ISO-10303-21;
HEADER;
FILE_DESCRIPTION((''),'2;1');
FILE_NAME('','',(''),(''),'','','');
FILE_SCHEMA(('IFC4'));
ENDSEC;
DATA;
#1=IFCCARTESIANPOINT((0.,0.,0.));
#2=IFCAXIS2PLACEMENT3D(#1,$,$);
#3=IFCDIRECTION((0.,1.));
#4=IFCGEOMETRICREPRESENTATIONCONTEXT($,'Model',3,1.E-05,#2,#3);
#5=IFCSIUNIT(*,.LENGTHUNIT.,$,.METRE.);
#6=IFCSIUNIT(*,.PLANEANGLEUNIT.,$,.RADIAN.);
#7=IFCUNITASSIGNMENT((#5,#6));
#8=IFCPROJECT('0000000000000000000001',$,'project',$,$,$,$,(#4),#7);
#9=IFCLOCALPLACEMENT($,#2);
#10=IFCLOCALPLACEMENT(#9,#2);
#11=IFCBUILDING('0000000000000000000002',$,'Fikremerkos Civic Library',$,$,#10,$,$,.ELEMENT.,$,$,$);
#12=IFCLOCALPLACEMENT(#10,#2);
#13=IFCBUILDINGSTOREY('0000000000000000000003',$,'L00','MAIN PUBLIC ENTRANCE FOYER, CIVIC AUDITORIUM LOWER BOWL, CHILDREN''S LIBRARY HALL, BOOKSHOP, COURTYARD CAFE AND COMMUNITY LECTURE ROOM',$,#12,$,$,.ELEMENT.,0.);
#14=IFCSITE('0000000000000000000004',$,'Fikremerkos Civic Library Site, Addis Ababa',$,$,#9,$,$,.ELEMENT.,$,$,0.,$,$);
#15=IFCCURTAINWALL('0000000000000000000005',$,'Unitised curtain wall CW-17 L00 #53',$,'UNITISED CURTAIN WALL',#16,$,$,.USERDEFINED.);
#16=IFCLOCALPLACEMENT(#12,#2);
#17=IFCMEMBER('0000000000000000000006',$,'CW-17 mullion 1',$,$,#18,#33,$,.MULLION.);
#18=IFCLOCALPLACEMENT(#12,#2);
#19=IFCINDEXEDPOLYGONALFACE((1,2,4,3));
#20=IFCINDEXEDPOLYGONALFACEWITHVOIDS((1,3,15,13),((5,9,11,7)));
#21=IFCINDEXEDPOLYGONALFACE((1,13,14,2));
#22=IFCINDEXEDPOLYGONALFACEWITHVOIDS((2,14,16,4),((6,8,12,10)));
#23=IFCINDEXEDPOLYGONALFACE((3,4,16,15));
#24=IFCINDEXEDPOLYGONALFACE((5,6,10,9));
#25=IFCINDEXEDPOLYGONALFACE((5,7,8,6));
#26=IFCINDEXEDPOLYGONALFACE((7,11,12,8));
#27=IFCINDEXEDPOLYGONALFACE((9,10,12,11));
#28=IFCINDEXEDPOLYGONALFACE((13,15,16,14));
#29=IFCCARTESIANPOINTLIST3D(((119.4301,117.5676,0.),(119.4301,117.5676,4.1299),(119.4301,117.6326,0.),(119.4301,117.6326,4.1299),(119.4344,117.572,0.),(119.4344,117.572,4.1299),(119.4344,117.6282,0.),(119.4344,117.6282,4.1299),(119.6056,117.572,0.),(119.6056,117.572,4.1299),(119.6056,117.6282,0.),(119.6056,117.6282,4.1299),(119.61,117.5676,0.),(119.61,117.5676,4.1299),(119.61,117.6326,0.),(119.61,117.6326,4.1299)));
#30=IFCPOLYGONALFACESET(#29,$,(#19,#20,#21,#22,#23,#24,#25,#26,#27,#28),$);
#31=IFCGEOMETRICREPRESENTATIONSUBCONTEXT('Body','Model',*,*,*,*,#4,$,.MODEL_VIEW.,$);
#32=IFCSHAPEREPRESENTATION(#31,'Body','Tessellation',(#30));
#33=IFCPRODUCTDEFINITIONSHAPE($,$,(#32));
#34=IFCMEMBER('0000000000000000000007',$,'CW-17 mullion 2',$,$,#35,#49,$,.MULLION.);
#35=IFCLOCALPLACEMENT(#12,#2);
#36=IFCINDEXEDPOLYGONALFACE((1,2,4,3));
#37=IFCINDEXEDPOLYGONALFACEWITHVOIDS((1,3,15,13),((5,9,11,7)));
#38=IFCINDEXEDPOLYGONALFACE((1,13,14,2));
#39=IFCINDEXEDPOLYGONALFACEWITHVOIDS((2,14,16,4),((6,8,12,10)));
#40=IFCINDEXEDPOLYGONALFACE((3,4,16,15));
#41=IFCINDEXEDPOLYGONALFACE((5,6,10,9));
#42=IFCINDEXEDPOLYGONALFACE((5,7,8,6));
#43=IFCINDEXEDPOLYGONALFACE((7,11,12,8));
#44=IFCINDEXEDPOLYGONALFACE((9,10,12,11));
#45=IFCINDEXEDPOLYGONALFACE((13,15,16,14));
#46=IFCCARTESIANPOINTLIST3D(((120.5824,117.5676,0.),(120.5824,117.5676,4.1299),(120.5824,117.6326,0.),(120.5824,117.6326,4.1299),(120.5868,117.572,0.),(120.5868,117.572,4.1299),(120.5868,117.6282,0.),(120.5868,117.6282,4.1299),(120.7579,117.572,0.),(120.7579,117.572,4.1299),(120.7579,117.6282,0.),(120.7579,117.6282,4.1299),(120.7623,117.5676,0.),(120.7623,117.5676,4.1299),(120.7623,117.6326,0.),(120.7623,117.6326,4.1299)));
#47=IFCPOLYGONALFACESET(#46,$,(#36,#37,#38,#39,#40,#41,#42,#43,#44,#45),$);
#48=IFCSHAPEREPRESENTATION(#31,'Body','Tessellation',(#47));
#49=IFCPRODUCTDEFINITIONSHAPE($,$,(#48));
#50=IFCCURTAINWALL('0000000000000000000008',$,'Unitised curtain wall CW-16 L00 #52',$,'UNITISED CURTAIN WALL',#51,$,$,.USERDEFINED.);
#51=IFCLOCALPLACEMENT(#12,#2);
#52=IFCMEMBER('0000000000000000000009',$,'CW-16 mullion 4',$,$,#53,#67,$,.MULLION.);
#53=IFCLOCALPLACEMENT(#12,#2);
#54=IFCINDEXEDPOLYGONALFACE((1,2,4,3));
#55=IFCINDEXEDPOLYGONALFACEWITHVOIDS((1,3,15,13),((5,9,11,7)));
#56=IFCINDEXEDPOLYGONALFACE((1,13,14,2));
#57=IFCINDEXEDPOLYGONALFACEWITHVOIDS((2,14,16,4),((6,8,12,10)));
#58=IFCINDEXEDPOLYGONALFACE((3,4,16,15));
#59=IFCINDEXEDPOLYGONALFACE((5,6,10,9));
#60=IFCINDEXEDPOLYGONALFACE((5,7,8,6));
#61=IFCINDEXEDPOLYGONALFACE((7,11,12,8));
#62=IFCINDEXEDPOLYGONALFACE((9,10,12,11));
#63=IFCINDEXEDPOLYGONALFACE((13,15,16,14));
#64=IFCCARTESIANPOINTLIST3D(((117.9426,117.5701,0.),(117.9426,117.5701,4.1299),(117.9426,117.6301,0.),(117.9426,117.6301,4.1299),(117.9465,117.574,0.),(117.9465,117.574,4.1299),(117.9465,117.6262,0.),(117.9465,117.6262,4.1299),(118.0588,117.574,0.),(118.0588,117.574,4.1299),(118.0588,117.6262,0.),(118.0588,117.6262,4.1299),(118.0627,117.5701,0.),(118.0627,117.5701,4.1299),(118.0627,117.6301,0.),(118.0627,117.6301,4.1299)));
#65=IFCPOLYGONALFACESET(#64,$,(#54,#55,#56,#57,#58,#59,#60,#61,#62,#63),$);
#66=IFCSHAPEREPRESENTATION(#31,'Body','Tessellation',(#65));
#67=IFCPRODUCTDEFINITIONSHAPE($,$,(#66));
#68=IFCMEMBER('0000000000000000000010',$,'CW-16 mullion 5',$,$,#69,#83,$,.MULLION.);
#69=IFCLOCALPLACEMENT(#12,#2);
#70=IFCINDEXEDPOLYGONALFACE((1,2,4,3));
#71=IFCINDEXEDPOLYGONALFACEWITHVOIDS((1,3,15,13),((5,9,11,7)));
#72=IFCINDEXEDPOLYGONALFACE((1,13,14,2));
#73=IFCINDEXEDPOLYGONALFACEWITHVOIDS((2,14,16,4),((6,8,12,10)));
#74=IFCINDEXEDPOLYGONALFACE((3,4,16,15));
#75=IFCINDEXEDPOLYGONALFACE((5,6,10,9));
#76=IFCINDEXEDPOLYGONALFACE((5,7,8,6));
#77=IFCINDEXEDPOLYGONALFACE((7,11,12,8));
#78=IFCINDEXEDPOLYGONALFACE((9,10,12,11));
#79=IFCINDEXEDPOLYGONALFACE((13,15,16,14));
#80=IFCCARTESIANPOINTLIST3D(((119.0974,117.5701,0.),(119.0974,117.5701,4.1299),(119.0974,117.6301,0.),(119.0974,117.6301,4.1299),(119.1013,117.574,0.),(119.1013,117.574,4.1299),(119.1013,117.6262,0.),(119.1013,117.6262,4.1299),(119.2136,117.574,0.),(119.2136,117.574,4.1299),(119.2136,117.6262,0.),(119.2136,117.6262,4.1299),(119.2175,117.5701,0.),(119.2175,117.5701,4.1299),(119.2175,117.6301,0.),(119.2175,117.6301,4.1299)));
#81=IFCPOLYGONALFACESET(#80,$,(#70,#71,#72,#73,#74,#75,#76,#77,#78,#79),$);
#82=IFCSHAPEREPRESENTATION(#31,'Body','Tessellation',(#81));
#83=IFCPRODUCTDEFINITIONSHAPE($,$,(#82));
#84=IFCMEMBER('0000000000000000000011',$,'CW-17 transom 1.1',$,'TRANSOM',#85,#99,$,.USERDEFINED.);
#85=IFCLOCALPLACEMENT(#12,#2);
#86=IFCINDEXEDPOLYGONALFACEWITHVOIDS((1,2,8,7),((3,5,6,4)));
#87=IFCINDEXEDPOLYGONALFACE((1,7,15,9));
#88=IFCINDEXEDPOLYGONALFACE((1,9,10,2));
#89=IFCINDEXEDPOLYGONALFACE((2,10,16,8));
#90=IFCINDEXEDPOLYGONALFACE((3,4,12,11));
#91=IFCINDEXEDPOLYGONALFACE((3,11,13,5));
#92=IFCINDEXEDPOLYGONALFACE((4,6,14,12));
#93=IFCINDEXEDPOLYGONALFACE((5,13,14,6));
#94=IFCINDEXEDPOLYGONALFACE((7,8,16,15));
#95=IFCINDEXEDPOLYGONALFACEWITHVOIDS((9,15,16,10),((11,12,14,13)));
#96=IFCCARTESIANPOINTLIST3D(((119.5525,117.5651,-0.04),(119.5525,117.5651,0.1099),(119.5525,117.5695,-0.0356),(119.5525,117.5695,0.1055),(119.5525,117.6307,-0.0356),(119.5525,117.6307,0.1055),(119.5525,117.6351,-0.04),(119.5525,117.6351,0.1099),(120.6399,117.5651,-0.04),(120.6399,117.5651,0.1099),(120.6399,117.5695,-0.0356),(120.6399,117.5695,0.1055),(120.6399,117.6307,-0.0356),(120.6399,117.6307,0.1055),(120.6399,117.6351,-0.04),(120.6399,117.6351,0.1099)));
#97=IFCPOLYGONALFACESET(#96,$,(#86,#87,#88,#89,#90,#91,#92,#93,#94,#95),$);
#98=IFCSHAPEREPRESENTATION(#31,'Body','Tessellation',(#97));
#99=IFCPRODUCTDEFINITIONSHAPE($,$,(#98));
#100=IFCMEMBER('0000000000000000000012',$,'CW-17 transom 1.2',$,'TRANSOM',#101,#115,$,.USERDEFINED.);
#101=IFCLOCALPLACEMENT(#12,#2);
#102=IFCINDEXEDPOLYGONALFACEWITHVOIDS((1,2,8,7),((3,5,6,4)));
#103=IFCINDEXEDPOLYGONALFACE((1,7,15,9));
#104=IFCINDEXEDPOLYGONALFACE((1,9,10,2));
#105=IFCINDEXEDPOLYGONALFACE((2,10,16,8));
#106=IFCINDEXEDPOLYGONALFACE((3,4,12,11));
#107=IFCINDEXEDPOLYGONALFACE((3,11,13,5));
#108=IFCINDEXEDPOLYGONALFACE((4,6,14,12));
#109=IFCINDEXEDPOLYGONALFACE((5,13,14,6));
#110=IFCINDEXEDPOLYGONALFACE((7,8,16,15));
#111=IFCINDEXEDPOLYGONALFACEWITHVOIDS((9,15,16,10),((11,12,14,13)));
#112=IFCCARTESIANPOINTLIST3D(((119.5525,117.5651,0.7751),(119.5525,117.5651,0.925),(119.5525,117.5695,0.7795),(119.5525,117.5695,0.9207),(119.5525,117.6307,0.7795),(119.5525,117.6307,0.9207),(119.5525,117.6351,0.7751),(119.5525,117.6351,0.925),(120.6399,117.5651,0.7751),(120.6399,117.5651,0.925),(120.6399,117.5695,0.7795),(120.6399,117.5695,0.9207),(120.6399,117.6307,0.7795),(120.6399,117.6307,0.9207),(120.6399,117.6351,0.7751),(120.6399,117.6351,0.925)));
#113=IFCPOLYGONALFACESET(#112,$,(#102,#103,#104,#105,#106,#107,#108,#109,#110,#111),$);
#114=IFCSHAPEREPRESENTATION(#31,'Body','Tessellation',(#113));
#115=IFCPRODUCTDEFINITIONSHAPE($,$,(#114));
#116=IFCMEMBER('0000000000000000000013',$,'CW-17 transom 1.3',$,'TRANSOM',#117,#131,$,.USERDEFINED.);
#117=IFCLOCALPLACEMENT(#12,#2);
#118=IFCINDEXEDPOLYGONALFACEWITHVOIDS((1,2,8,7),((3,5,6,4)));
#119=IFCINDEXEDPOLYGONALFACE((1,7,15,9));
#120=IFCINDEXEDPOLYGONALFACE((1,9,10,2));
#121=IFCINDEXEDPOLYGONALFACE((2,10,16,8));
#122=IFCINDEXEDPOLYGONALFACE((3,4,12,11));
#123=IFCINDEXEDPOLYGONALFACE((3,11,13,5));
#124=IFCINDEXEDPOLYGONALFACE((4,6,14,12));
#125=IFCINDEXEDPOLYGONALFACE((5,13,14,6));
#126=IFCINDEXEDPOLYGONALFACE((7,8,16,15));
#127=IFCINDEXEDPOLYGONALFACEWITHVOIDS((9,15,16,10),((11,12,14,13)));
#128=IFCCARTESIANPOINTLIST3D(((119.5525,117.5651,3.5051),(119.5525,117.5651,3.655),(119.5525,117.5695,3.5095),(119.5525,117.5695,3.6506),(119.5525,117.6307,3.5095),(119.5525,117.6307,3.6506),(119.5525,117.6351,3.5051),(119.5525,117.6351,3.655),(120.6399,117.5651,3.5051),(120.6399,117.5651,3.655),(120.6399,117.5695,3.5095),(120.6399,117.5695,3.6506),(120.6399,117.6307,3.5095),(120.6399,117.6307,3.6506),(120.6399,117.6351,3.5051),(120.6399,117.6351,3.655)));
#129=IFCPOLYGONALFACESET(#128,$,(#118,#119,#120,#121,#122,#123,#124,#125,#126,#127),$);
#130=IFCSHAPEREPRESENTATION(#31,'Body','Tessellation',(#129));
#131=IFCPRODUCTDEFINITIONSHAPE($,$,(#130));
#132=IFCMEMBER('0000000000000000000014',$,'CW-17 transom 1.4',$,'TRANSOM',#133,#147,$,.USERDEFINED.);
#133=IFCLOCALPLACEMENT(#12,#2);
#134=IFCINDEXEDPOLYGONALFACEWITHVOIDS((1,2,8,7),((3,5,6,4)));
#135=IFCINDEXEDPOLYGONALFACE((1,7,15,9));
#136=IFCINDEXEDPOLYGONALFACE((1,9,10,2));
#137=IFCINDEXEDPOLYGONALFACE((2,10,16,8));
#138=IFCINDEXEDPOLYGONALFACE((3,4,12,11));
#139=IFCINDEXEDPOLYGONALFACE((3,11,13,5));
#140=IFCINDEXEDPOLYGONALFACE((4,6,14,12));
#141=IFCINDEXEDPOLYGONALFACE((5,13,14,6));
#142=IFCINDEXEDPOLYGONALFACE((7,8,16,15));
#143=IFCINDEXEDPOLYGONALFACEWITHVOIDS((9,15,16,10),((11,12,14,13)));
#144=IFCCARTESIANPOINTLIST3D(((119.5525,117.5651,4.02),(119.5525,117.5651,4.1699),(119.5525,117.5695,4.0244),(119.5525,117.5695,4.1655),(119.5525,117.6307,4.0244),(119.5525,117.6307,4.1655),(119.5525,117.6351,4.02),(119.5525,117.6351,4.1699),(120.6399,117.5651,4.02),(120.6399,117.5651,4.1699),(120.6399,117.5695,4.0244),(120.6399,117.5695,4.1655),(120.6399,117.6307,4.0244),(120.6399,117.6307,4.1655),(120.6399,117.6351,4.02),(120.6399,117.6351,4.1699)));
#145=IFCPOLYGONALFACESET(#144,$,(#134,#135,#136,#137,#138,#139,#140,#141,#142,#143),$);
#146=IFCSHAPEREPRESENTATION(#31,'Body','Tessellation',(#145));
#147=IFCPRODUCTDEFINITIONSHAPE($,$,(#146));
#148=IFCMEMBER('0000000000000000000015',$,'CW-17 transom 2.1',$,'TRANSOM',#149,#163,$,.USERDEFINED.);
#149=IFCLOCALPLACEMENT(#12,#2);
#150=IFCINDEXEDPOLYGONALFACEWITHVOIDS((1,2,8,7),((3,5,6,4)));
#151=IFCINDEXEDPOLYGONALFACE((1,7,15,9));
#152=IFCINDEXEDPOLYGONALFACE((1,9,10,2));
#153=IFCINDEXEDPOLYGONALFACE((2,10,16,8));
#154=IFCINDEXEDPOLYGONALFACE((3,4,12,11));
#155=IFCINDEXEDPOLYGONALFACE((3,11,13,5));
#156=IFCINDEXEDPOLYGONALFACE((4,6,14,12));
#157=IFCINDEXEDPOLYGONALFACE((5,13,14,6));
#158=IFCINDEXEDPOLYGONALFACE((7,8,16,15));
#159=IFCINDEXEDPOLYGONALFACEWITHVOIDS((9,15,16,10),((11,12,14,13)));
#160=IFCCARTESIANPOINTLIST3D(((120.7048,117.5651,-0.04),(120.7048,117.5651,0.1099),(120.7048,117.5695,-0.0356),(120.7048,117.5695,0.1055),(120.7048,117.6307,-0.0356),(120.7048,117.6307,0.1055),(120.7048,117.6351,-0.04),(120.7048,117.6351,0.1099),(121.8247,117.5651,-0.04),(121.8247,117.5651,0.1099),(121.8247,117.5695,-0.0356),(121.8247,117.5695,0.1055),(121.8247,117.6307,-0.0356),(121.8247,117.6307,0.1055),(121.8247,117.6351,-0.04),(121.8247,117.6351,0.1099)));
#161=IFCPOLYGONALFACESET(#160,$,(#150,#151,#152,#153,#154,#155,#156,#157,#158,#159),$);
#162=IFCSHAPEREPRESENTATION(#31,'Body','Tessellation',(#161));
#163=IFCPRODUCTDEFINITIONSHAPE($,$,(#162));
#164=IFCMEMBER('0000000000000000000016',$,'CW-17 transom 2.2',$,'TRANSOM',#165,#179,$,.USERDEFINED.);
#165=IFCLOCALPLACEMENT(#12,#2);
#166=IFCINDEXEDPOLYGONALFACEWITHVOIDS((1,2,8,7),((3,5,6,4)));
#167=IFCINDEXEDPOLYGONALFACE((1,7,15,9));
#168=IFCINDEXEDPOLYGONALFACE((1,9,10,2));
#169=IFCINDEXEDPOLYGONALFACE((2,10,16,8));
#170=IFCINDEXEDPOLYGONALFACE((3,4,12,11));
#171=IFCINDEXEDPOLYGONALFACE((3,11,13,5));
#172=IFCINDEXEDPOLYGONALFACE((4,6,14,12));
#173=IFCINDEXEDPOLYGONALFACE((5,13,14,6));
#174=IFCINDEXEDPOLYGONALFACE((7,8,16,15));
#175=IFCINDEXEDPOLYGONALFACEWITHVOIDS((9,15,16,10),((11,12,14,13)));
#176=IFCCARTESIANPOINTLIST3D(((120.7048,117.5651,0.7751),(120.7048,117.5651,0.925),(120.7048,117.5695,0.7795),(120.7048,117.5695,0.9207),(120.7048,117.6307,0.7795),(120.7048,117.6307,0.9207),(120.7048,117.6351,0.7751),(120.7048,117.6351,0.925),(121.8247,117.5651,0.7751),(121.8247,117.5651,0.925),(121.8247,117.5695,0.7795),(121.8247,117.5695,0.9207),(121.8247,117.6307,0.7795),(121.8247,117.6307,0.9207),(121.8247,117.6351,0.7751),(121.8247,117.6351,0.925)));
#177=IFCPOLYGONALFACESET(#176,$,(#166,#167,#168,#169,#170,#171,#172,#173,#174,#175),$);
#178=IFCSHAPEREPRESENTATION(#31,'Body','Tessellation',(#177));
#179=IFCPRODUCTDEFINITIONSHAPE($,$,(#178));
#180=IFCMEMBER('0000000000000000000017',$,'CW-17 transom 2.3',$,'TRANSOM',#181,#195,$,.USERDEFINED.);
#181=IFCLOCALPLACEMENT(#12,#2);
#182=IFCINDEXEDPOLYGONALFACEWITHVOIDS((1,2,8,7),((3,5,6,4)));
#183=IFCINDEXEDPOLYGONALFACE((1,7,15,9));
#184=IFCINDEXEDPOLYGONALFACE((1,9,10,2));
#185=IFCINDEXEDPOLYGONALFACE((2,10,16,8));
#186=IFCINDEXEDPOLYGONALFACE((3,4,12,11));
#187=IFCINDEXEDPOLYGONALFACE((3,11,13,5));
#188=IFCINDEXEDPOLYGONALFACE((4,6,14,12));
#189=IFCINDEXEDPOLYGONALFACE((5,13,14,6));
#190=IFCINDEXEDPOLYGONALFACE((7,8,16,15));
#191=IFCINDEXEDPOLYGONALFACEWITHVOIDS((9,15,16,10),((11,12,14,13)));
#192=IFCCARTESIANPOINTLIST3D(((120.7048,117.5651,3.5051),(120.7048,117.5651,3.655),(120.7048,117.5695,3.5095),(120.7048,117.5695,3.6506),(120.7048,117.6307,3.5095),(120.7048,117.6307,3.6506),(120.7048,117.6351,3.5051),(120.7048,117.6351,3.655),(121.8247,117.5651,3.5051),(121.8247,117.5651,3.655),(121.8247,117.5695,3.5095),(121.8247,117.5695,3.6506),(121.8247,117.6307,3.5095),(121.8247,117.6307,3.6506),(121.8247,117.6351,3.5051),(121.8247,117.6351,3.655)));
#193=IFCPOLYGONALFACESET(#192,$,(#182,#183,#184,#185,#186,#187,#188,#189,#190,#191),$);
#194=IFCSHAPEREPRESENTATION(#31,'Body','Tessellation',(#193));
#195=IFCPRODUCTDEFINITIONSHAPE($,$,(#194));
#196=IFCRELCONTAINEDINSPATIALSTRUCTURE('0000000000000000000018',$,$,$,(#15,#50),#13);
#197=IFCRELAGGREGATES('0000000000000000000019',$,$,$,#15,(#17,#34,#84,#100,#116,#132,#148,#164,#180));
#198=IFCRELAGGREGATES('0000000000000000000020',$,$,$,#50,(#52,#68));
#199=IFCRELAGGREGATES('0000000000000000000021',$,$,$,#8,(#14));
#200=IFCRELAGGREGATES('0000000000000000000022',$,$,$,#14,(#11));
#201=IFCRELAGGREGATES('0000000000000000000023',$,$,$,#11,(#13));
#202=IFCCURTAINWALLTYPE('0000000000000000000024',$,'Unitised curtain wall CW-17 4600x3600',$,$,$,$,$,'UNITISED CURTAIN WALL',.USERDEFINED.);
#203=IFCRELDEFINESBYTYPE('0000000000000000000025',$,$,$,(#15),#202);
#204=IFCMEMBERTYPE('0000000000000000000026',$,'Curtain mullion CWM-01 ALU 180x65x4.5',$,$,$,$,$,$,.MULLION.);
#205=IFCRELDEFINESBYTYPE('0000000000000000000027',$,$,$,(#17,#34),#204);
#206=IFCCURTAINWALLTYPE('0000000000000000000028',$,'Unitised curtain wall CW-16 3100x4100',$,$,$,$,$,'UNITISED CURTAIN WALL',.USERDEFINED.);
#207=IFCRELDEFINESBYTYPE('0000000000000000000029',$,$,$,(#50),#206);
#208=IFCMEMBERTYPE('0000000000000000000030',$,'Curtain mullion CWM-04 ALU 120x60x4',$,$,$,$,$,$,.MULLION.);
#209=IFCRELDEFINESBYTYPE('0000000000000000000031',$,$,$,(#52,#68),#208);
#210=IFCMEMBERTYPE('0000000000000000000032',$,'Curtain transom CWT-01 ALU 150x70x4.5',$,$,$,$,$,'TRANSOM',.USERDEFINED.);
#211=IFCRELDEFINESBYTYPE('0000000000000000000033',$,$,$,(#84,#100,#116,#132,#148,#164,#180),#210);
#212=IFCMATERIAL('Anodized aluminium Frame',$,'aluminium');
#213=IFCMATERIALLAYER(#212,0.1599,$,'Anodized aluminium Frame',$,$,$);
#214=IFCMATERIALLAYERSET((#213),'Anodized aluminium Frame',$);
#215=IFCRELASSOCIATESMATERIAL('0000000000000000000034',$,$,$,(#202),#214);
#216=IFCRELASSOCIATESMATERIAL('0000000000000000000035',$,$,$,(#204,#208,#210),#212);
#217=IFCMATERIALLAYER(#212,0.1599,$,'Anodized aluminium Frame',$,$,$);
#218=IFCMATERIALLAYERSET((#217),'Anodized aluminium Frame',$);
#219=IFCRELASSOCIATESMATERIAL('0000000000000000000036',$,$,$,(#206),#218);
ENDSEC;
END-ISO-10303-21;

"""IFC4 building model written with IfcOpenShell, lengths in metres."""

from ifc_helpers import new_model, si_unit, direction, frame, origin, origin_2d, place, context, subcontext, project, spatial, hollow_rectangle, extrude, material, layer, layer_set, material_profile, profile_set, type_object, element, aggregate, save


model = new_model("IFC4")

# Units and contexts
model_context = context("Model", 3, precision=1e-05, world=origin(), true_north=direction((0.0, 1.0)))
body_context = subcontext(model_context, "Body", "Model", "MODEL_VIEW")
ifc_project = project(units=[si_unit("LENGTHUNIT", "METRE"), si_unit("PLANEANGLEUNIT", "RADIAN")], contexts=[model_context])

# Site, building, storey
site_placement = place(None, origin())
site = spatial("IfcSite", under=ifc_project, at=site_placement, Name="Fikremerkos Civic Library Site, Addis Ababa", CompositionType="ELEMENT", RefElevation=0.0)
building_placement = place(site_placement, origin())
building = spatial("IfcBuilding", under=site, at=building_placement, Name="Fikremerkos Civic Library", CompositionType="ELEMENT")
storey_placement = place(building_placement, origin())
storey = spatial("IfcBuildingStorey", under=building, at=storey_placement, Name="L00", Description="MAIN PUBLIC ENTRANCE FOYER, CIVIC AUDITORIUM LOWER BOWL, CHILDREN'S LIBRARY HALL, BOOKSHOP, COURTYARD CAFE AND COMMUNITY LECTURE ROOM", CompositionType="ELEMENT", Elevation=0.0)

# Curtain walls, members
ifc_material_1 = material(Name="Anodized aluminium Frame", Category="aluminium")
ifc_layer_1 = layer(ifc_material_1, 0.1599, Name="Anodized aluminium Frame")
ifc_layer_set_1 = layer_set([ifc_layer_1], Name="Anodized aluminium Frame")
curtain_wall_type_1 = type_object("IfcCurtainWallType", Name="Unitised curtain wall CW-17 4600x3600", ElementType="UNITISED CURTAIN WALL", PredefinedType="USERDEFINED", material=ifc_layer_set_1)
curtain_wall_1_placement = place(storey_placement, origin())
curtain_wall_1 = element("IfcCurtainWall", 1, at=curtain_wall_1_placement, inside=storey, type_object=curtain_wall_type_1, Name="Unitised curtain wall CW-17 L00 #53", ObjectType="UNITISED CURTAIN WALL", PredefinedType="USERDEFINED")
ifc_material_profile_1 = material_profile(ifc_material_1, hollow_rectangle(XDim=0.0649, YDim=0.1799, WallThickness=0.0044, at=origin_2d()), Name="ALU 180x65x4.5")
ifc_profile_set_1 = profile_set([ifc_material_profile_1], Name="Anodized aluminium Frame")
member_type_1 = type_object("IfcMemberType", Name="Curtain mullion CWM-01 ALU 180x65x4.5", PredefinedType="MULLION", material=ifc_profile_set_1)
member_1_placement = place(storey_placement, frame((119.52, 117.6001, 0.0), z_axis=(0.0, 0.0, 1.0), x_axis=(0.0, 1.0, 0.0)))
member_1 = element("IfcMember", 2, at=member_1_placement, type_object=member_type_1, Name="CW-17 mullion 1", PredefinedType="MULLION", context=body_context, shape_type="SweptSolid", body=[
    extrude(hollow_rectangle(XDim=0.0649, YDim=0.1799, WallThickness=0.0044, at=origin_2d()), origin(), (0.0, 0.0, 1.0), 4.1299),
])
member_2_placement = place(storey_placement, frame((120.6724, 117.6001, 0.0), z_axis=(0.0, 0.0, 1.0), x_axis=(0.0, 1.0, 0.0)))
member_2 = element("IfcMember", 3, at=member_2_placement, type_object=member_type_1, Name="CW-17 mullion 2", PredefinedType="MULLION", context=body_context, shape_type="SweptSolid", body=[
    extrude(hollow_rectangle(XDim=0.0649, YDim=0.1799, WallThickness=0.0044, at=origin_2d()), origin(), (0.0, 0.0, 1.0), 4.1299),
])
ifc_layer_2 = layer(ifc_material_1, 0.1599, Name="Anodized aluminium Frame")
ifc_layer_set_2 = layer_set([ifc_layer_2], Name="Anodized aluminium Frame")
curtain_wall_type_2 = type_object("IfcCurtainWallType", Name="Unitised curtain wall CW-16 3100x4100", ElementType="UNITISED CURTAIN WALL", PredefinedType="USERDEFINED", material=ifc_layer_set_2)
curtain_wall_2_placement = place(storey_placement, origin())
curtain_wall_2 = element("IfcCurtainWall", 4, at=curtain_wall_2_placement, inside=storey, type_object=curtain_wall_type_2, Name="Unitised curtain wall CW-16 L00 #52", ObjectType="UNITISED CURTAIN WALL", PredefinedType="USERDEFINED")
ifc_material_profile_2 = material_profile(ifc_material_1, hollow_rectangle(XDim=0.0601, YDim=0.1201, WallThickness=0.0039, at=origin_2d()), Name="ALU 120x60x4")
ifc_profile_set_2 = profile_set([ifc_material_profile_2], Name="Anodized aluminium Frame")
member_type_2 = type_object("IfcMemberType", Name="Curtain mullion CWM-04 ALU 120x60x4", PredefinedType="MULLION", material=ifc_profile_set_2)
member_3_placement = place(storey_placement, frame((118.0027, 117.6001, 0.0), z_axis=(0.0, 0.0, 1.0), x_axis=(0.0, 1.0, 0.0)))
member_3 = element("IfcMember", 5, at=member_3_placement, type_object=member_type_2, Name="CW-16 mullion 4", PredefinedType="MULLION", context=body_context, shape_type="SweptSolid", body=[
    extrude(hollow_rectangle(XDim=0.0601, YDim=0.1201, WallThickness=0.0039, at=origin_2d()), origin(), (0.0, 0.0, 1.0), 4.1299),
])
member_4_placement = place(storey_placement, frame((119.1575, 117.6001, 0.0), z_axis=(0.0, 0.0, 1.0), x_axis=(0.0, 1.0, 0.0)))
member_4 = element("IfcMember", 6, at=member_4_placement, type_object=member_type_2, Name="CW-16 mullion 5", PredefinedType="MULLION", context=body_context, shape_type="SweptSolid", body=[
    extrude(hollow_rectangle(XDim=0.0601, YDim=0.1201, WallThickness=0.0039, at=origin_2d()), origin(), (0.0, 0.0, 1.0), 4.1299),
])

# Members
ifc_material_profile_3 = material_profile(ifc_material_1, hollow_rectangle(XDim=0.0701, YDim=0.1499, WallThickness=0.0044, at=origin_2d()), Name="ALU 150x70x4.5")
ifc_profile_set_3 = profile_set([ifc_material_profile_3], Name="Anodized aluminium Frame")
member_type_3 = type_object("IfcMemberType", Name="Curtain transom CWT-01 ALU 150x70x4.5", ElementType="TRANSOM", PredefinedType="USERDEFINED", material=ifc_profile_set_3)
member_5_placement = place(storey_placement, frame((119.5525, 117.6001, 0.0349), z_axis=(1.0, 0.0, 0.0), x_axis=(0.0, 1.0, 0.0)))
member_5 = element("IfcMember", 7, at=member_5_placement, type_object=member_type_3, Name="CW-17 transom 1.1", ObjectType="TRANSOM", PredefinedType="USERDEFINED", context=body_context, shape_type="SweptSolid", body=[
    extrude(hollow_rectangle(XDim=0.0701, YDim=0.1499, WallThickness=0.0044, at=origin_2d()), origin(), (0.0, 0.0, 1.0), 1.0874),
])
member_6_placement = place(storey_placement, frame((119.5525, 117.6001, 0.8501), z_axis=(1.0, 0.0, 0.0), x_axis=(0.0, 1.0, 0.0)))
member_6 = element("IfcMember", 8, at=member_6_placement, type_object=member_type_3, Name="CW-17 transom 1.2", ObjectType="TRANSOM", PredefinedType="USERDEFINED", context=body_context, shape_type="SweptSolid", body=[
    extrude(hollow_rectangle(XDim=0.0701, YDim=0.1499, WallThickness=0.0044, at=origin_2d()), origin(), (0.0, 0.0, 1.0), 1.0874),
])
member_7_placement = place(storey_placement, frame((119.5525, 117.6001, 3.5801), z_axis=(1.0, 0.0, 0.0), x_axis=(0.0, 1.0, 0.0)))
member_7 = element("IfcMember", 9, at=member_7_placement, type_object=member_type_3, Name="CW-17 transom 1.3", ObjectType="TRANSOM", PredefinedType="USERDEFINED", context=body_context, shape_type="SweptSolid", body=[
    extrude(hollow_rectangle(XDim=0.0701, YDim=0.1499, WallThickness=0.0044, at=origin_2d()), origin(), (0.0, 0.0, 1.0), 1.0874),
])
member_8_placement = place(storey_placement, frame((119.5525, 117.6001, 4.095), z_axis=(1.0, 0.0, 0.0), x_axis=(0.0, 1.0, 0.0)))
member_8 = element("IfcMember", 10, at=member_8_placement, type_object=member_type_3, Name="CW-17 transom 1.4", ObjectType="TRANSOM", PredefinedType="USERDEFINED", context=body_context, shape_type="SweptSolid", body=[
    extrude(hollow_rectangle(XDim=0.0701, YDim=0.1499, WallThickness=0.0044, at=origin_2d()), origin(), (0.0, 0.0, 1.0), 1.0874),
])
member_9_placement = place(storey_placement, frame((120.7048, 117.6001, 0.0349), z_axis=(1.0, 0.0, 0.0), x_axis=(0.0, 1.0, 0.0)))
member_9 = element("IfcMember", 11, at=member_9_placement, type_object=member_type_3, Name="CW-17 transom 2.1", ObjectType="TRANSOM", PredefinedType="USERDEFINED", context=body_context, shape_type="SweptSolid", body=[
    extrude(hollow_rectangle(XDim=0.0701, YDim=0.1499, WallThickness=0.0044, at=origin_2d()), origin(), (0.0, 0.0, 1.0), 1.1199),
])
member_10_placement = place(storey_placement, frame((120.7048, 117.6001, 0.8501), z_axis=(1.0, 0.0, 0.0), x_axis=(0.0, 1.0, 0.0)))
member_10 = element("IfcMember", 12, at=member_10_placement, type_object=member_type_3, Name="CW-17 transom 2.2", ObjectType="TRANSOM", PredefinedType="USERDEFINED", context=body_context, shape_type="SweptSolid", body=[
    extrude(hollow_rectangle(XDim=0.0701, YDim=0.1499, WallThickness=0.0044, at=origin_2d()), origin(), (0.0, 0.0, 1.0), 1.1199),
])
member_11_placement = place(storey_placement, frame((120.7048, 117.6001, 3.5801), z_axis=(1.0, 0.0, 0.0), x_axis=(0.0, 1.0, 0.0)))
member_11 = element("IfcMember", 13, at=member_11_placement, type_object=member_type_3, Name="CW-17 transom 2.3", ObjectType="TRANSOM", PredefinedType="USERDEFINED", context=body_context, shape_type="SweptSolid", body=[
    extrude(hollow_rectangle(XDim=0.0701, YDim=0.1499, WallThickness=0.0044, at=origin_2d()), origin(), (0.0, 0.0, 1.0), 1.1199),
])

aggregate(curtain_wall_1, [member_1, member_2, member_5, member_6, member_7, member_8, member_9, member_10, member_11])
aggregate(curtain_wall_2, [member_3, member_4])

save(model, "model.ifc")
